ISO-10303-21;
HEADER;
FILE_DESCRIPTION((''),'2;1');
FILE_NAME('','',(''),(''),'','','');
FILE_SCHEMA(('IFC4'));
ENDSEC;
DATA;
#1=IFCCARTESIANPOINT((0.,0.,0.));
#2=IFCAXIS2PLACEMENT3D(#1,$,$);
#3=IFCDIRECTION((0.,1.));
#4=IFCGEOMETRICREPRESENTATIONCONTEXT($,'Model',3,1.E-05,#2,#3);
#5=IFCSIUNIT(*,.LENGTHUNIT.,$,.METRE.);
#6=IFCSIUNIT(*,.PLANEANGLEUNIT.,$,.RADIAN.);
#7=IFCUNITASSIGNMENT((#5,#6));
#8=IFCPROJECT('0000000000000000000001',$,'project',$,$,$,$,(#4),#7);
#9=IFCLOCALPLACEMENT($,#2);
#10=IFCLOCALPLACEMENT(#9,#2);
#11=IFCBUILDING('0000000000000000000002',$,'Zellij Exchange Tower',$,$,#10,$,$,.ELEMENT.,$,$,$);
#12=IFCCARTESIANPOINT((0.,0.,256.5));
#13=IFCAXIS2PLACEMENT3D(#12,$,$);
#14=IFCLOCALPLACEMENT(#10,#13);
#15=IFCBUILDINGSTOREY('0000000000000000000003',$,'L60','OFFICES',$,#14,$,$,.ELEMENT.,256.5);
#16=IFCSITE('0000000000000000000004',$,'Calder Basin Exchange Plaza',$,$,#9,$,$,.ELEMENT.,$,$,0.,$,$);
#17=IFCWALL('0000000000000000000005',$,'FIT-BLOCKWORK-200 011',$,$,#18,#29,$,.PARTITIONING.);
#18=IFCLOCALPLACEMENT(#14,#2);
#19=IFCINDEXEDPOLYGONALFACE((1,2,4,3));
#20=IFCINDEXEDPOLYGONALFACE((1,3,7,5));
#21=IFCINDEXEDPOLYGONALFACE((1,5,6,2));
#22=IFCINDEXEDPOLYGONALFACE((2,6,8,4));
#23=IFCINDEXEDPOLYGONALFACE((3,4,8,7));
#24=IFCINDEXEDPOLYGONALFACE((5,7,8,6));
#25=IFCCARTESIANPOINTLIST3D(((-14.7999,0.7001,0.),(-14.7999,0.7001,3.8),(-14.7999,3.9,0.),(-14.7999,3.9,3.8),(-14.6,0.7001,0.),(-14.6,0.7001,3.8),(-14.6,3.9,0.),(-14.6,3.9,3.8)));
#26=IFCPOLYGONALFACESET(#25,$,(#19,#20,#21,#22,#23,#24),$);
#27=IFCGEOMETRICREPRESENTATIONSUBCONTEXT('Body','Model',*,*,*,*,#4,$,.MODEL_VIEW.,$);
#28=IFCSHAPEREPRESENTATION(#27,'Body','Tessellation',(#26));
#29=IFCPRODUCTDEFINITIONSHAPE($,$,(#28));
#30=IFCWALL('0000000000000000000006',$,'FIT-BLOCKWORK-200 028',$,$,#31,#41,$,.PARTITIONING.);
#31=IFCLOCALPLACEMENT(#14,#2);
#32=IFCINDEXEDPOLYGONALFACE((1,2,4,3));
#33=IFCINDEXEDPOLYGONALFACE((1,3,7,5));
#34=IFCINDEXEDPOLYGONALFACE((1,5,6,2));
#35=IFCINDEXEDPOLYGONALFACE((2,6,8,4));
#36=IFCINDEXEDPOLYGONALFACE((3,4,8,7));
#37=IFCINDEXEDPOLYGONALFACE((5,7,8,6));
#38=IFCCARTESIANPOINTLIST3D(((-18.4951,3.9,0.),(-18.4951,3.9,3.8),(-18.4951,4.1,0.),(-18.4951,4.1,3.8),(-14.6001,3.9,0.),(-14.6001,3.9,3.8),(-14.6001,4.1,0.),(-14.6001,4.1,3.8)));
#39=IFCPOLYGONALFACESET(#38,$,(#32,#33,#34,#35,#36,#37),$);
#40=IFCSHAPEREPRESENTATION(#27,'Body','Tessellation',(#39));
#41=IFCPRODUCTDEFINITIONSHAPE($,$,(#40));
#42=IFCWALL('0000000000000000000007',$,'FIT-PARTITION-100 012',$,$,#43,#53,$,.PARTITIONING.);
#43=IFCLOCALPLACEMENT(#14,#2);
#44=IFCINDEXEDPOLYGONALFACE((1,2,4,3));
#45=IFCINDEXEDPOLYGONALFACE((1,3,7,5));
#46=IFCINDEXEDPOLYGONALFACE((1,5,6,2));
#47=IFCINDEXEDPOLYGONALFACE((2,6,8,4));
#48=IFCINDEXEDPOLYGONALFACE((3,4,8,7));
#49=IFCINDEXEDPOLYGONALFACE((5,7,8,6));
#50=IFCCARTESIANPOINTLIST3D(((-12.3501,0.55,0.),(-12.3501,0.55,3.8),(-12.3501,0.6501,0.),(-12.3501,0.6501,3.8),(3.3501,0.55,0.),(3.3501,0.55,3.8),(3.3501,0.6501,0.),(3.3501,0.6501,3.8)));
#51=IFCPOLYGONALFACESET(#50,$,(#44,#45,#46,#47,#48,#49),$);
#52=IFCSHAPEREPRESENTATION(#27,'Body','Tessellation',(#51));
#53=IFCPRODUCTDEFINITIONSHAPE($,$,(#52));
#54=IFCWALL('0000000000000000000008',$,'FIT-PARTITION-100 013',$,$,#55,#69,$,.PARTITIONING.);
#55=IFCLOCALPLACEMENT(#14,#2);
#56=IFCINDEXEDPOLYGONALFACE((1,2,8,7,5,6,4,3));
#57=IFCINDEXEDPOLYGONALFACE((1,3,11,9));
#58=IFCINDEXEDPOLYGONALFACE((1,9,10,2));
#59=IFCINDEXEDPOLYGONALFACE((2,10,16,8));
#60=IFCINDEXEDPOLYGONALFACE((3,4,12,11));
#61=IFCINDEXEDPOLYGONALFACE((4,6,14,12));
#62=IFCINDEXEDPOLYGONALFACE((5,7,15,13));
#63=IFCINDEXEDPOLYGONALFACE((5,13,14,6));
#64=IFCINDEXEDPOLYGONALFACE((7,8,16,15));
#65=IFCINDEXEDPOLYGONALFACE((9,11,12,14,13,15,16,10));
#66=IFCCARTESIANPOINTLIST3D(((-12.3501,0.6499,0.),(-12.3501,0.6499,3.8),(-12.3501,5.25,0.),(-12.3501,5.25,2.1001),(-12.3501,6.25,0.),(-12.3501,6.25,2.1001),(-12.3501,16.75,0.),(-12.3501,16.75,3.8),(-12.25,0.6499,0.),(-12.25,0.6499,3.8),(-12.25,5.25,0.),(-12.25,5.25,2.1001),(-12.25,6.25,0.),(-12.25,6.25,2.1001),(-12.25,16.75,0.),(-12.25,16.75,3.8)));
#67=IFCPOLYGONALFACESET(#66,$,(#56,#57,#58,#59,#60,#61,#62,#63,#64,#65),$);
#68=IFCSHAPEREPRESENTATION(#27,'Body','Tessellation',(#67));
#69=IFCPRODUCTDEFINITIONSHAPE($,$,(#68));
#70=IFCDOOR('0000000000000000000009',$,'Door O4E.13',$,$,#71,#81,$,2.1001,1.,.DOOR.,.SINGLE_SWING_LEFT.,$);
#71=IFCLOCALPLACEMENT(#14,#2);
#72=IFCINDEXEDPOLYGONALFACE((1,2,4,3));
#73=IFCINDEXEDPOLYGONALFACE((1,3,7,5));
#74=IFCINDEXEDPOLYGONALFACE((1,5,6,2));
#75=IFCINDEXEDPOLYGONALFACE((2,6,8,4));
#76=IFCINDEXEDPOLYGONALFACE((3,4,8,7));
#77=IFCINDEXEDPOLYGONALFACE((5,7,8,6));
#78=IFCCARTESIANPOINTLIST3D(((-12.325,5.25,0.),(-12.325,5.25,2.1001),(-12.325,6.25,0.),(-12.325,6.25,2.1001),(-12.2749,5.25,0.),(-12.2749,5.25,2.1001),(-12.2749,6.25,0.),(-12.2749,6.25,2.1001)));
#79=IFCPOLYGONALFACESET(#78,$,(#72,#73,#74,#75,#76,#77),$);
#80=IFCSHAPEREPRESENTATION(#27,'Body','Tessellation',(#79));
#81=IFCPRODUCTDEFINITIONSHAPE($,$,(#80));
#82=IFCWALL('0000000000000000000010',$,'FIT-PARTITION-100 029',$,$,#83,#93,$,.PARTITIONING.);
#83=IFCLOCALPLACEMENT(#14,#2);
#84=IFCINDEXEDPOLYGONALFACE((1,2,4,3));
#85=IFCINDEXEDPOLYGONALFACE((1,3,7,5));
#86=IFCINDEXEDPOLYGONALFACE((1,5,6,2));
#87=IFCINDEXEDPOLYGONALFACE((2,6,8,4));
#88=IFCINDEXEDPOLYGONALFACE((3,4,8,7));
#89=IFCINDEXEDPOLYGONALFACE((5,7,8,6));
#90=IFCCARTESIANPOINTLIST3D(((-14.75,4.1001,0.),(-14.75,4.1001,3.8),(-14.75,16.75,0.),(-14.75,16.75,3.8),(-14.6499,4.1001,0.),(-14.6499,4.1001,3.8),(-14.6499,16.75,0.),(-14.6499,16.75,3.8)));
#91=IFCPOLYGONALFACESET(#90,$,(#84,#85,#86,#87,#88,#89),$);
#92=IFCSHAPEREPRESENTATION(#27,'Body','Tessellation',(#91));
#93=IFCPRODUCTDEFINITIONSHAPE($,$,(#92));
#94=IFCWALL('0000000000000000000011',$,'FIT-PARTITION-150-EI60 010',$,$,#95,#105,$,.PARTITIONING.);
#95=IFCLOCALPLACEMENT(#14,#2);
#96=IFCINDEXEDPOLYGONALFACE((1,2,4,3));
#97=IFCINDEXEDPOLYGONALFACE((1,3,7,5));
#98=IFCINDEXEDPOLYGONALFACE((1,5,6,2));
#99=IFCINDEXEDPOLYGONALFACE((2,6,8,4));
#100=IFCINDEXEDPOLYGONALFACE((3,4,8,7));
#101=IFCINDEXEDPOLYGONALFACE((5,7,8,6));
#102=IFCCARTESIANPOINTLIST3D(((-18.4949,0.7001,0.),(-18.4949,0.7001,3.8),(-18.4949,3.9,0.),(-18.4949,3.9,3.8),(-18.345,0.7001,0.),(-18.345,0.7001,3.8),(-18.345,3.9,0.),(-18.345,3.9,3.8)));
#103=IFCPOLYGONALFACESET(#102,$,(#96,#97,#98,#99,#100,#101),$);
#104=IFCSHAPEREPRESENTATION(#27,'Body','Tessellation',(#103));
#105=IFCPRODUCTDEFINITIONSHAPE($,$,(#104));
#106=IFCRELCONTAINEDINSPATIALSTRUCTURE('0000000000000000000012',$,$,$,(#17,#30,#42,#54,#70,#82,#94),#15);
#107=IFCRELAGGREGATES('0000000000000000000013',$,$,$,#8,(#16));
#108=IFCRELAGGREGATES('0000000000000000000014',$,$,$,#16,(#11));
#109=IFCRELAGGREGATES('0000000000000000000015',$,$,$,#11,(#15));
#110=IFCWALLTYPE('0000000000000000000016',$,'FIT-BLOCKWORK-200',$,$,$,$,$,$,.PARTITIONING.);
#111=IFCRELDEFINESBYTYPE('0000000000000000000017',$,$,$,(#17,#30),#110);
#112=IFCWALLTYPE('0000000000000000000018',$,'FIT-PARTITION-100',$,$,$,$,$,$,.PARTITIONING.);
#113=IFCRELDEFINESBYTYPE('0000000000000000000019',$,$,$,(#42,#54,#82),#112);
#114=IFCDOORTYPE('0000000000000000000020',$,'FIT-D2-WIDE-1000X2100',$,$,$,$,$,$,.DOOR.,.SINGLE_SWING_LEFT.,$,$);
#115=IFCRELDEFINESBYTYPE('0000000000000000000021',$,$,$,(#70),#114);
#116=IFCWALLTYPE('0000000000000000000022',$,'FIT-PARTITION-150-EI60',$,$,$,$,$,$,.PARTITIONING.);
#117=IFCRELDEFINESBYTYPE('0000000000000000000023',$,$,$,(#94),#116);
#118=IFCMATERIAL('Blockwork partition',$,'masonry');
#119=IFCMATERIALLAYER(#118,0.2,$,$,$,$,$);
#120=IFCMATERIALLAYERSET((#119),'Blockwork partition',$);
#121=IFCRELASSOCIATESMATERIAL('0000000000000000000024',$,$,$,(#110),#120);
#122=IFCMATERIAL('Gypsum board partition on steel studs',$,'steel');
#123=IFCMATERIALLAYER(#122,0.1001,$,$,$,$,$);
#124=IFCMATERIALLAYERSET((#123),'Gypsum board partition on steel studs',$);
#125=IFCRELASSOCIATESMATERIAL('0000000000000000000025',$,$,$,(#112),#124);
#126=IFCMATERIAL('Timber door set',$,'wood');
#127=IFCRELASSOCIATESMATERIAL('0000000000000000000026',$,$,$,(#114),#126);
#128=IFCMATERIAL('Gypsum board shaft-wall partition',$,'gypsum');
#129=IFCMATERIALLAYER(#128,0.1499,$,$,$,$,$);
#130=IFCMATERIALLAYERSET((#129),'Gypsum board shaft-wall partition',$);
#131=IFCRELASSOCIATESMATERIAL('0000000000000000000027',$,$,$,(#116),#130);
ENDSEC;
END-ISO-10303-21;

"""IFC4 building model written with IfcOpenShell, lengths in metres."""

from ifc_helpers import new_model, si_unit, direction, frame, frame_2d, origin, place, context, subcontext, project, spatial, rectangle, extrude, material, layer, layer_set, type_object, element, fill, save


model = new_model("IFC4")

# Units and contexts
model_context = context("Model", 3, precision=1e-05, world=origin(), true_north=direction((0.0, 1.0)))
body_context = subcontext(model_context, "Body", "Model", "MODEL_VIEW")
ifc_project = project(units=[si_unit("LENGTHUNIT", "METRE"), si_unit("PLANEANGLEUNIT", "RADIAN")], contexts=[model_context])

# Site, building, storey
site_placement = place(None, origin())
site = spatial("IfcSite", under=ifc_project, at=site_placement, Name="Calder Basin Exchange Plaza", CompositionType="ELEMENT", RefElevation=0.0)
building_placement = place(site_placement, origin())
building = spatial("IfcBuilding", under=site, at=building_placement, Name="Zellij Exchange Tower", CompositionType="ELEMENT")
storey_placement = place(building_placement, frame((0.0, 0.0, 256.5)))
storey = spatial("IfcBuildingStorey", under=building, at=storey_placement, Name="L60", Description="OFFICES", CompositionType="ELEMENT", Elevation=256.5)

# Shared definitions
ifc_material_1 = material(Name="Blockwork partition", Category="masonry")
ifc_layer_1 = layer(ifc_material_1, 0.2)
ifc_layer_set_1 = layer_set([ifc_layer_1], Name="Blockwork partition")
wall_type_1 = type_object("IfcWallType", Name="FIT-BLOCKWORK-200", PredefinedType="PARTITIONING", material=ifc_layer_set_1)
ifc_material_2 = material(Name="Timber door set", Category="wood")

# Walls
wall_1_placement = place(storey_placement, frame((-14.7, 0.7, 0.0), z_axis=(0.0, 0.0, 1.0), x_axis=(0.0, 1.0, 0.0)))
element("IfcWall", 1, at=wall_1_placement, inside=storey, type_object=wall_type_1, Name="FIT-BLOCKWORK-200 011", PredefinedType="PARTITIONING", context=body_context, shape_type="SweptSolid", body=[
    extrude(rectangle(XDim=3.2, YDim=0.2, at=frame_2d((1.6001, 0.0))), origin(), (0.0, 0.0, 1.0), 3.8),
])
wall_2_placement = place(storey_placement, frame((-18.4951, 4.0, 0.0), z_axis=(0.0, 0.0, 1.0), x_axis=(1.0, 0.0, 0.0)))
element("IfcWall", 2, at=wall_2_placement, inside=storey, type_object=wall_type_1, Name="FIT-BLOCKWORK-200 028", PredefinedType="PARTITIONING", context=body_context, shape_type="SweptSolid", body=[
    extrude(rectangle(XDim=3.895, YDim=0.2, at=frame_2d((1.9475, 0.0))), origin(), (0.0, 0.0, 1.0), 3.8),
])
ifc_material_3 = material(Name="Gypsum board partition on steel studs", Category="steel")
ifc_layer_2 = layer(ifc_material_3, 0.1001)
ifc_layer_set_2 = layer_set([ifc_layer_2], Name="Gypsum board partition on steel studs")
wall_type_2 = type_object("IfcWallType", Name="FIT-PARTITION-100", PredefinedType="PARTITIONING", material=ifc_layer_set_2)
wall_3_placement = place(storey_placement, frame((-12.3501, 0.6001, 0.0), z_axis=(0.0, 0.0, 1.0), x_axis=(1.0, 0.0, 0.0)))
element("IfcWall", 3, at=wall_3_placement, inside=storey, type_object=wall_type_2, Name="FIT-PARTITION-100 012", PredefinedType="PARTITIONING", context=body_context, shape_type="SweptSolid", body=[
    extrude(rectangle(XDim=15.7002, YDim=0.1001, at=frame_2d((7.8501, 0.0))), origin(), (0.0, 0.0, 1.0), 3.8),
])

# Wall, opening, door
wall_4_placement = place(storey_placement, frame((-12.3, 0.6499, 0.0), z_axis=(0.0, 0.0, 1.0), x_axis=(0.0, 1.0, 0.0)))
wall_4 = element("IfcWall", 4, at=wall_4_placement, inside=storey, type_object=wall_type_2, Name="FIT-PARTITION-100 013", PredefinedType="PARTITIONING", context=body_context, shape_type="SweptSolid", body=[
    extrude(rectangle(XDim=16.1001, YDim=0.1001, at=frame_2d((8.05, 0.0))), origin(), (0.0, 0.0, 1.0), 3.8),
])
opening_1_placement = place(wall_4_placement, frame((4.6001, 0.0, 0.0)))
opening_1 = element("IfcOpeningElement", 5, at=opening_1_placement, cuts=wall_4, PredefinedType="OPENING", context=body_context, shape_type="SweptSolid", body=[
    extrude(rectangle(XDim=1.0, YDim=2.1001, at=frame_2d((0.5, 1.05))), frame((0.0, 0.062, 0.0), z_axis=(0.0, -1.0, 0.0), x_axis=(1.0, 0.0, 0.0)), (0.0, 0.0, 1.0), 0.124),
])
door_type_1 = type_object("IfcDoorType", Name="FIT-D2-WIDE-1000X2100", OperationType="SINGLE_SWING_LEFT", PredefinedType="DOOR", material=ifc_material_2)
door_1_placement = place(opening_1_placement, origin())
door_1 = element("IfcDoor", 6, at=door_1_placement, inside=storey, type_object=door_type_1, Name="Door O4E.13", OperationType="SINGLE_SWING_LEFT", OverallHeight=2.1001, OverallWidth=1.0, PredefinedType="DOOR", context=body_context, shape_type="SweptSolid", body=[
    extrude(rectangle(XDim=1.0, YDim=2.1001, at=frame_2d((0.5, 1.05))), frame((0.0, 0.0249, 0.0), z_axis=(0.0, -1.0, 0.0), x_axis=(1.0, 0.0, 0.0)), (0.0, 0.0, 1.0), 0.05),
])
fill(opening_1, door_1)

# Walls
wall_5_placement = place(storey_placement, frame((-14.7, 4.1001, 0.0), z_axis=(0.0, 0.0, 1.0), x_axis=(0.0, 1.0, 0.0)))
element("IfcWall", 7, at=wall_5_placement, inside=storey, type_object=wall_type_2, Name="FIT-PARTITION-100 029", PredefinedType="PARTITIONING", context=body_context, shape_type="SweptSolid", body=[
    extrude(rectangle(XDim=12.6499, YDim=0.1001, at=frame_2d((6.325, 0.0))), origin(), (0.0, 0.0, 1.0), 3.8),
])
ifc_material_4 = material(Name="Gypsum board shaft-wall partition", Category="gypsum")
ifc_layer_3 = layer(ifc_material_4, 0.1499)
ifc_layer_set_3 = layer_set([ifc_layer_3], Name="Gypsum board shaft-wall partition")
wall_type_3 = type_object("IfcWallType", Name="FIT-PARTITION-150-EI60", PredefinedType="PARTITIONING", material=ifc_layer_set_3)
wall_6_placement = place(storey_placement, frame((-18.4199, 0.7, 0.0), z_axis=(0.0, 0.0, 1.0), x_axis=(0.0, 1.0, 0.0)))
element("IfcWall", 8, at=wall_6_placement, inside=storey, type_object=wall_type_3, Name="FIT-PARTITION-150-EI60 010", PredefinedType="PARTITIONING", context=body_context, shape_type="SweptSolid", body=[
    extrude(rectangle(XDim=3.2, YDim=0.1499, at=frame_2d((1.6001, 0.0))), origin(), (0.0, 0.0, 1.0), 3.8),
])

save(model, "model.ifc")
